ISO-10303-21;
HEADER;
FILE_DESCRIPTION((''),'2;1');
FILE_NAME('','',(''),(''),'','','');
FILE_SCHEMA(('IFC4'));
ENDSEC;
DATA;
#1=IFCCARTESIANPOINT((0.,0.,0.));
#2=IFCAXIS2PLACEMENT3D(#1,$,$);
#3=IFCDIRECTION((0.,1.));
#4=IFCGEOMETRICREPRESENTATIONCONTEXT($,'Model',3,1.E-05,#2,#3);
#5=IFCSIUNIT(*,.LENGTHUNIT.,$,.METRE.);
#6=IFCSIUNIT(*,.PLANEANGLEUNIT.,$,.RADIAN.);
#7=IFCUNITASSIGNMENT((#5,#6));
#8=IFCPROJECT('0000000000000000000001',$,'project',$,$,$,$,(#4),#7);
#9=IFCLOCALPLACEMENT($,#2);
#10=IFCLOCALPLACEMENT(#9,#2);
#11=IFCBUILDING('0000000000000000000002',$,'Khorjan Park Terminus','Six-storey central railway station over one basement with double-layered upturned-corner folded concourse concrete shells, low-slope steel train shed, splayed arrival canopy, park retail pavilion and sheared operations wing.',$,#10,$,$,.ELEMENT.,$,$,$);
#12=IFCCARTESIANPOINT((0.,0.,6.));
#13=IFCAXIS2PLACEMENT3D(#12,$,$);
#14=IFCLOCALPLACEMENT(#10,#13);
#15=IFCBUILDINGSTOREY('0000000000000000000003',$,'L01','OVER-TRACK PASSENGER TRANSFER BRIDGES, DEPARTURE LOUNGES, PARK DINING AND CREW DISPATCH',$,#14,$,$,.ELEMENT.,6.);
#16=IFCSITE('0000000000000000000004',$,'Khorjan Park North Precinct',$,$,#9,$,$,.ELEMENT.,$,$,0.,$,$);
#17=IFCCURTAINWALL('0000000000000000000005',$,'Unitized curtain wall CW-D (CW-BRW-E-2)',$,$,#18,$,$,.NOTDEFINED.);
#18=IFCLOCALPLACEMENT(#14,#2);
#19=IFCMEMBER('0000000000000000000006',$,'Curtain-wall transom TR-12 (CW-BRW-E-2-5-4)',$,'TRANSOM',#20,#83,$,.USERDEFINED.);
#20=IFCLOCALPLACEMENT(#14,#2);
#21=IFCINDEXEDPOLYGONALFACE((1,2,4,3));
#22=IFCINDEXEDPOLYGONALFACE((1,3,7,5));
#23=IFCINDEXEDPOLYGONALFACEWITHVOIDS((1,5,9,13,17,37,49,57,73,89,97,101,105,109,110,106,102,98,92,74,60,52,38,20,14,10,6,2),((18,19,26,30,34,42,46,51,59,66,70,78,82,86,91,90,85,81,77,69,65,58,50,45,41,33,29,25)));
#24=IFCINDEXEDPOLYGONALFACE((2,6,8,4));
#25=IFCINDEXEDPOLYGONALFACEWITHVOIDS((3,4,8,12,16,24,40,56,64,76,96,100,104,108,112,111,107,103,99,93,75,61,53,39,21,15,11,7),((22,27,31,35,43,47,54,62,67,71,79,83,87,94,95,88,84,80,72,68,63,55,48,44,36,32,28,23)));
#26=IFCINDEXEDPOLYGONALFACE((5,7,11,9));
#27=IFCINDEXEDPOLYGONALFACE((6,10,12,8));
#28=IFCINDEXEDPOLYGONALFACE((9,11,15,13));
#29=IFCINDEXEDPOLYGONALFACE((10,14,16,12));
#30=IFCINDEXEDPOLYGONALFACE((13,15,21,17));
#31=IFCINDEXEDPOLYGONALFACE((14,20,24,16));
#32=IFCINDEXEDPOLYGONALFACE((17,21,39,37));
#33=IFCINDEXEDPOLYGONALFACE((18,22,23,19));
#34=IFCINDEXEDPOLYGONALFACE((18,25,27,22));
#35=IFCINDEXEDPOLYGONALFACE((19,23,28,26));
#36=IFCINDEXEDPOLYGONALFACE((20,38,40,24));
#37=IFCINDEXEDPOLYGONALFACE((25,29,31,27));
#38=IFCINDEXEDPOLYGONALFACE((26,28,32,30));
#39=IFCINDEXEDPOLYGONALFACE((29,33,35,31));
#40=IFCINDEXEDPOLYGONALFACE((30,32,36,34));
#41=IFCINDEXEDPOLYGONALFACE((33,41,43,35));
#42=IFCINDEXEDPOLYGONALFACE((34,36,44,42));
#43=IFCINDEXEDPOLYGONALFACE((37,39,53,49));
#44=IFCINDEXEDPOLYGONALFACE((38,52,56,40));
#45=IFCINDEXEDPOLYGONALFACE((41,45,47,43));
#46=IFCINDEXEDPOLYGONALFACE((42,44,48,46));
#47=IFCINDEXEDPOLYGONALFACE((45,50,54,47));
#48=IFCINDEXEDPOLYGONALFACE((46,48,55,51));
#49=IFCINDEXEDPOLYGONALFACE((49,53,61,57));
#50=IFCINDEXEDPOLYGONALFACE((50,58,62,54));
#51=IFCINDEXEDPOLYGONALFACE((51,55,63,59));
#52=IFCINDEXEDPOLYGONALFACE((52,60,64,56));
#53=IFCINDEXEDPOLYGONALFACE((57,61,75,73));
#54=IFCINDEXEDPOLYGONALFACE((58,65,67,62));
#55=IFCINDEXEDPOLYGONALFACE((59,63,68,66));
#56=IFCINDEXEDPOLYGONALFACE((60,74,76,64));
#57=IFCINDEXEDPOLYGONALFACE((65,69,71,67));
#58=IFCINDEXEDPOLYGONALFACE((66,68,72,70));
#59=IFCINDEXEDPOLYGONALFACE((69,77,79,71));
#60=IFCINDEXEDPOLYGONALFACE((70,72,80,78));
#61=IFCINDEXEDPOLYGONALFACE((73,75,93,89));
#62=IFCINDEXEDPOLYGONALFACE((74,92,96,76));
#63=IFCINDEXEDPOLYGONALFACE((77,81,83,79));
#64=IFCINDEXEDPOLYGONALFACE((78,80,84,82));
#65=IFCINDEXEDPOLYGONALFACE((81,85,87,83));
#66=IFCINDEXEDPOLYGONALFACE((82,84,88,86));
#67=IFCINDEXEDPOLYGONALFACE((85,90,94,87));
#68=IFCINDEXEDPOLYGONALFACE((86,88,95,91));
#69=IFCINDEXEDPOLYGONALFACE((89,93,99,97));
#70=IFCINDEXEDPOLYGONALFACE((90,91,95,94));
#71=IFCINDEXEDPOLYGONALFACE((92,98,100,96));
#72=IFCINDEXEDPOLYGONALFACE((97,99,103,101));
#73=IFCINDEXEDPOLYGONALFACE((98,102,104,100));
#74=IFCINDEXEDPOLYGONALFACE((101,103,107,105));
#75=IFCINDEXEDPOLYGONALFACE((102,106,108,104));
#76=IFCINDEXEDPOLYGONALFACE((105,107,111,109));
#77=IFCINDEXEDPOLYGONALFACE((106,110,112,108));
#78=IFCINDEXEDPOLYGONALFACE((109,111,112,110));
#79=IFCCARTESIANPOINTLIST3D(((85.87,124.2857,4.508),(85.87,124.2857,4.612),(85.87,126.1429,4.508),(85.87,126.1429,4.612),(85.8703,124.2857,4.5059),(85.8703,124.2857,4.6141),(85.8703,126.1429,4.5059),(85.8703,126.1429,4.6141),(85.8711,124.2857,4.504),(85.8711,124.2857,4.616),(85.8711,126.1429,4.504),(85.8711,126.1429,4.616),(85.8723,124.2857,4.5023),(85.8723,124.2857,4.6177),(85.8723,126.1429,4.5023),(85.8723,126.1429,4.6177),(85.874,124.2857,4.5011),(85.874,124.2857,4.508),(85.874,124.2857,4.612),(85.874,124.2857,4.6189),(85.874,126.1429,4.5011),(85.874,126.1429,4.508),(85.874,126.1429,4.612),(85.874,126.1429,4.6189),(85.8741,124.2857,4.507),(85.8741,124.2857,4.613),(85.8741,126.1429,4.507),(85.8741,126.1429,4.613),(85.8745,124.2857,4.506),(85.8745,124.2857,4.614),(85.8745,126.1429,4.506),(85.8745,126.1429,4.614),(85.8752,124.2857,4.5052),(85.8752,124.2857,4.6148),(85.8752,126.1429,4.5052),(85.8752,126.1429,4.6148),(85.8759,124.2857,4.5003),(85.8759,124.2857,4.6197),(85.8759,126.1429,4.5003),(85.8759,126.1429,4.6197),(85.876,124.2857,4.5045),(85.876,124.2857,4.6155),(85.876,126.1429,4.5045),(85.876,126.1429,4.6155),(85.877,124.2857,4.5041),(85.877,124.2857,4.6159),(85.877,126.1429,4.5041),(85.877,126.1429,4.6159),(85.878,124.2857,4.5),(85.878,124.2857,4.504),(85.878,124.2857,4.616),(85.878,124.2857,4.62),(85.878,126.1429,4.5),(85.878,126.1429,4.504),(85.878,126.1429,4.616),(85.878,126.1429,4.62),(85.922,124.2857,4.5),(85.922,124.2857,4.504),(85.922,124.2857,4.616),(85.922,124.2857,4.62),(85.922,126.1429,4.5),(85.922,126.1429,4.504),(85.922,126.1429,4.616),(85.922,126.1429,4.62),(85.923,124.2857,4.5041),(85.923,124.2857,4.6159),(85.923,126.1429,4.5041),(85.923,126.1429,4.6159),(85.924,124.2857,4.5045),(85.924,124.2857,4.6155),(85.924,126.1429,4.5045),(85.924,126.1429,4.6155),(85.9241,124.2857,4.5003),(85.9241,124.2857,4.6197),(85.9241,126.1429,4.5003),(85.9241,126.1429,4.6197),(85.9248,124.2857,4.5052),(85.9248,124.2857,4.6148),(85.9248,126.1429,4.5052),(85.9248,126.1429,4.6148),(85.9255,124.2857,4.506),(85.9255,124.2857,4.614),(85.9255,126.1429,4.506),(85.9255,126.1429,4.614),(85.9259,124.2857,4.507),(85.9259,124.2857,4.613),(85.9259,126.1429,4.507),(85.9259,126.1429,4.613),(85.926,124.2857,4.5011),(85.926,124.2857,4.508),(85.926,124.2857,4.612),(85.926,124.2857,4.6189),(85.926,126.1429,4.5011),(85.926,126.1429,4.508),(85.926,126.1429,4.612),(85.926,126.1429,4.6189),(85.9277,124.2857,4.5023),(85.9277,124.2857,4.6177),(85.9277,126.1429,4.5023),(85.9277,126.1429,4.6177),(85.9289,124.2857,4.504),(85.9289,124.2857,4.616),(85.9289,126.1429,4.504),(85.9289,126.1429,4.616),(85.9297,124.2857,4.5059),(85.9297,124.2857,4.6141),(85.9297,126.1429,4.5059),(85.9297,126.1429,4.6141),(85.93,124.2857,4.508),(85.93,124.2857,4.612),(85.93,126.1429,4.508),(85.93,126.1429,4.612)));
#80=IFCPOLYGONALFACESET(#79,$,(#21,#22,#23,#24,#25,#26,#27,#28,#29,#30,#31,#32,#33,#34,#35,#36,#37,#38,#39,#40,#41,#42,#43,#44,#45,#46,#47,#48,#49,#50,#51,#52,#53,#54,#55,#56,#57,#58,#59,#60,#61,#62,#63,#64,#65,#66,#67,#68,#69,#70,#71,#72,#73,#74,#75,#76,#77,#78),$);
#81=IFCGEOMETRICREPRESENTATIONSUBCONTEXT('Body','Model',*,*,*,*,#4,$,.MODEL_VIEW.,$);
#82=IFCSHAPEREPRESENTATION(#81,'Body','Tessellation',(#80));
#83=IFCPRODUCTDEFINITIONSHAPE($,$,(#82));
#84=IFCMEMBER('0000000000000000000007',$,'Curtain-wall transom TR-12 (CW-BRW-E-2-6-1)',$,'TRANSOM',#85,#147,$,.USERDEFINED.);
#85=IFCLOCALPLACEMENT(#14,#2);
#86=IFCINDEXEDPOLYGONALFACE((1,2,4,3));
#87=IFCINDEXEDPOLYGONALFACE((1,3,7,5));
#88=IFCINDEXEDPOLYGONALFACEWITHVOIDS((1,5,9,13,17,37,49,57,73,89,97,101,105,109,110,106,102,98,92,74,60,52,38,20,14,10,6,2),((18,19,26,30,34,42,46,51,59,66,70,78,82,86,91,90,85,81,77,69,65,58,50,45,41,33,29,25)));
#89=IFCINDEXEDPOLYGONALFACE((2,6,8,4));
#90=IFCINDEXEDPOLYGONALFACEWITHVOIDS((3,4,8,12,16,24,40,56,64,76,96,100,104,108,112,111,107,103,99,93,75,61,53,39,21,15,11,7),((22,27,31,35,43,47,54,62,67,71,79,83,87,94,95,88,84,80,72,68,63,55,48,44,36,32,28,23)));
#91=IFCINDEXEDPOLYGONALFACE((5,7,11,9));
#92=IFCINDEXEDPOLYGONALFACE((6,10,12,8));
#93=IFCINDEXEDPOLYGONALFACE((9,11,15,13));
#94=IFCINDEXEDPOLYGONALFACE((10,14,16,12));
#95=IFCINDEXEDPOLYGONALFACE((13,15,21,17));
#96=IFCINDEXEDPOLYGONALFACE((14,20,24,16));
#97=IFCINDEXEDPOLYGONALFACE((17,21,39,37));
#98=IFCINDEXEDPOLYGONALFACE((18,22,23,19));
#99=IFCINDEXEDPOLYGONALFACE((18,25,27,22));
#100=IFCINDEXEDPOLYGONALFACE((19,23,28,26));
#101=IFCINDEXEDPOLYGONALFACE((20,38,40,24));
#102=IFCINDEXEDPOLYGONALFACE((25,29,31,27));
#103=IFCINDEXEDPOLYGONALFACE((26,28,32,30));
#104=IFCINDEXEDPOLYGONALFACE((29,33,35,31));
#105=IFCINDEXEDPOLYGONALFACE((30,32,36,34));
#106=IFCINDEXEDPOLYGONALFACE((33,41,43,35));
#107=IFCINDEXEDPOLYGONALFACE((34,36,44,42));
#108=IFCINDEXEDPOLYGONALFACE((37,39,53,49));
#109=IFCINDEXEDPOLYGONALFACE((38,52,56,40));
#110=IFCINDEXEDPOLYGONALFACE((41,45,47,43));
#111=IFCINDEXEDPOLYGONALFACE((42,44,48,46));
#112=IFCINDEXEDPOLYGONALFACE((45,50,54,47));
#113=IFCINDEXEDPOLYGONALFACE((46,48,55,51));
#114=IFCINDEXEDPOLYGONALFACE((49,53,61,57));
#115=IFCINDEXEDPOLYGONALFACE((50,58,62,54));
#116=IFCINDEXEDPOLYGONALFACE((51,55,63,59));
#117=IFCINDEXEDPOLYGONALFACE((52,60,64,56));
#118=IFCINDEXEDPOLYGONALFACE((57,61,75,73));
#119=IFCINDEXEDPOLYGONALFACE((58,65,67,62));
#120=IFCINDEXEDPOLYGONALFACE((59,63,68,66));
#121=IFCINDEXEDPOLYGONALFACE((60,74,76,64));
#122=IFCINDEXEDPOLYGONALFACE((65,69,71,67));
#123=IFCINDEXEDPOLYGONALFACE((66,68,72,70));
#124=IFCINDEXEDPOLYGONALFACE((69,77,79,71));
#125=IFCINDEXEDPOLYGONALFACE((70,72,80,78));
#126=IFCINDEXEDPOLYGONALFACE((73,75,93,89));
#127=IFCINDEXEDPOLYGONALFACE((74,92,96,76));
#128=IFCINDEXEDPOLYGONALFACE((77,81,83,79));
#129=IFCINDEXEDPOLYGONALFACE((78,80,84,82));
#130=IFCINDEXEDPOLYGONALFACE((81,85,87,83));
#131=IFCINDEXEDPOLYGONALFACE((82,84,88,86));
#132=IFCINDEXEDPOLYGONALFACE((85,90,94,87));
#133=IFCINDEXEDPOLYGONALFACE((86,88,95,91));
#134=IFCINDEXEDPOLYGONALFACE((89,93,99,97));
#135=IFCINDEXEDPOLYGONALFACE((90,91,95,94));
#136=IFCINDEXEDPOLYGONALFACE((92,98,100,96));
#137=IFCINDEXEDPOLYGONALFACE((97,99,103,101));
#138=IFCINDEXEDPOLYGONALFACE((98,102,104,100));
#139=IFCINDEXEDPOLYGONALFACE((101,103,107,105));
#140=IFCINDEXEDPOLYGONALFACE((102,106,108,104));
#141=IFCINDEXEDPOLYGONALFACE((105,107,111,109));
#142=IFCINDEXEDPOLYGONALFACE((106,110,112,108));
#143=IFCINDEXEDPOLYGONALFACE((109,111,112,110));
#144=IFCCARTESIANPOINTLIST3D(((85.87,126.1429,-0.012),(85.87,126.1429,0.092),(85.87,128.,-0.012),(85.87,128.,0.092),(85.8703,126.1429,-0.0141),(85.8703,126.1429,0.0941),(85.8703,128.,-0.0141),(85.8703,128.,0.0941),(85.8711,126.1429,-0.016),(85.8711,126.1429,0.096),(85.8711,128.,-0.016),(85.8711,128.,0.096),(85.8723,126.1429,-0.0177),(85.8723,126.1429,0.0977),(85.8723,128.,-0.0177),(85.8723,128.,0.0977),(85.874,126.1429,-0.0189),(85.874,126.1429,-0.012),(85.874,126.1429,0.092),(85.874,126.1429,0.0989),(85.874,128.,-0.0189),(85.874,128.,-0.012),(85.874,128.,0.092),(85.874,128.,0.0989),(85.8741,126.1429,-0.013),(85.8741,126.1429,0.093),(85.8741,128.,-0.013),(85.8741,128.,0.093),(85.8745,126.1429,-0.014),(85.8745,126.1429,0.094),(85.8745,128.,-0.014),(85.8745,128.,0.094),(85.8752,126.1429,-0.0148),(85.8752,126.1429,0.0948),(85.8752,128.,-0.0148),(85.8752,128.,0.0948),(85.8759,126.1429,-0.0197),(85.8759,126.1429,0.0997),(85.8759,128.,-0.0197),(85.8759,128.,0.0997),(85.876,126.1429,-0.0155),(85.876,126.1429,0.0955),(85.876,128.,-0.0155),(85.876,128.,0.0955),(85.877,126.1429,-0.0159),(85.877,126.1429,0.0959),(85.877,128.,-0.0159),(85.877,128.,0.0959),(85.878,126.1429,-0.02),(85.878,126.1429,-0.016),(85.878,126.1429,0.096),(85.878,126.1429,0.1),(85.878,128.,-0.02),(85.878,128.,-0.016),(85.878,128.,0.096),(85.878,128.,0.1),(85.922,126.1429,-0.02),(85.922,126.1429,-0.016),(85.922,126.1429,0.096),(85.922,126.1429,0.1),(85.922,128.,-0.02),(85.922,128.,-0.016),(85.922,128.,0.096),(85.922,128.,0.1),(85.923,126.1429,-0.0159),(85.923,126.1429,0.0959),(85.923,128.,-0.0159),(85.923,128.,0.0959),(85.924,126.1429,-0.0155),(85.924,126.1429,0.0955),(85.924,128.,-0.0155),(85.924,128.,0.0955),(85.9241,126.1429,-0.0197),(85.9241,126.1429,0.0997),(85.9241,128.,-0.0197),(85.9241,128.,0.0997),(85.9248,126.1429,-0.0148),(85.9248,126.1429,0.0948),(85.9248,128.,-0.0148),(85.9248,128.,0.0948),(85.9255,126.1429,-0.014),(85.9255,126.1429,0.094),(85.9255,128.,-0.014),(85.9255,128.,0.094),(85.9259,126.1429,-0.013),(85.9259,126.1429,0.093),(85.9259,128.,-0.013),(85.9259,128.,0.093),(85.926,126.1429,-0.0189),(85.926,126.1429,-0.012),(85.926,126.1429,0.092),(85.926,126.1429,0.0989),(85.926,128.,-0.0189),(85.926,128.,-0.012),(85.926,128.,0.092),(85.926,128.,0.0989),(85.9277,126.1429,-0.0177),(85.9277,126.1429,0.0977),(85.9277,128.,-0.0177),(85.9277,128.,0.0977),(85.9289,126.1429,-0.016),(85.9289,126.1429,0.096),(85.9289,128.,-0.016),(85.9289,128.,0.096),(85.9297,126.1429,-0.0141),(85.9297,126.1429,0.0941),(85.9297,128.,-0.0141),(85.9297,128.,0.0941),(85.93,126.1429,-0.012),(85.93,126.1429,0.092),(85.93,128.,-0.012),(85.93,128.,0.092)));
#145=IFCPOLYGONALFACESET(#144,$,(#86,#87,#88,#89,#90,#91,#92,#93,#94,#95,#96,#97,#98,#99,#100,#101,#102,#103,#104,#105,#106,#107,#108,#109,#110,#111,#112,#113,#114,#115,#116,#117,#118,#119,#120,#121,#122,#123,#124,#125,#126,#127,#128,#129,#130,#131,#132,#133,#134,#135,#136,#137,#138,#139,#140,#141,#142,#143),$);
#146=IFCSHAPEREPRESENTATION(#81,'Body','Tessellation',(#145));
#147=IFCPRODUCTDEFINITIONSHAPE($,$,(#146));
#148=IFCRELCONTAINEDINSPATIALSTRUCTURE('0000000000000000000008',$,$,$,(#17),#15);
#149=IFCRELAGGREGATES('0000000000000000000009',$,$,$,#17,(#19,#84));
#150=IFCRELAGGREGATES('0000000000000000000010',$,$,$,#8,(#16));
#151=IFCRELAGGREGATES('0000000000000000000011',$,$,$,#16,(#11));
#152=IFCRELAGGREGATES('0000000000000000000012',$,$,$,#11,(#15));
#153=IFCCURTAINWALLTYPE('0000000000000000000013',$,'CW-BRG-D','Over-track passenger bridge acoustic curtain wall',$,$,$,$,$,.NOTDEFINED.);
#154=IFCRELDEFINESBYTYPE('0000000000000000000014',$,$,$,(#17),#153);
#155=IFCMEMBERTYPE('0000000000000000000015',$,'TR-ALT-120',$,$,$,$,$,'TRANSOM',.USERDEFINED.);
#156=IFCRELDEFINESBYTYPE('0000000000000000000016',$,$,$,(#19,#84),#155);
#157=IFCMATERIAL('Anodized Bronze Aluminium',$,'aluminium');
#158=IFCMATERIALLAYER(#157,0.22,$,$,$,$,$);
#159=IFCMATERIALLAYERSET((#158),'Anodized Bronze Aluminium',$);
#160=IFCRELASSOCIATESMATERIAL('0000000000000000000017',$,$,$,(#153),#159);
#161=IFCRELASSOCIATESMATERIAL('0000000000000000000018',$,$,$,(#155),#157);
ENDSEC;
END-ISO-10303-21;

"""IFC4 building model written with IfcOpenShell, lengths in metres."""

from ifc_helpers import new_model, si_unit, direction, frame, origin, origin_2d, place, context, subcontext, project, spatial, hollow_rectangle, extrude, material, layer, layer_set, material_profile, profile_set, type_object, element, aggregate, save


model = new_model("IFC4")

# Units and contexts
model_context = context("Model", 3, precision=1e-05, world=origin(), true_north=direction((0.0, 1.0)))
body_context = subcontext(model_context, "Body", "Model", "MODEL_VIEW")
ifc_project = project(units=[si_unit("LENGTHUNIT", "METRE"), si_unit("PLANEANGLEUNIT", "RADIAN")], contexts=[model_context])

# Site, building, storey
site_placement = place(None, origin())
site = spatial("IfcSite", under=ifc_project, at=site_placement, Name="Khorjan Park North Precinct", CompositionType="ELEMENT", RefElevation=0.0)
building_placement = place(site_placement, origin())
building = spatial("IfcBuilding", under=site, at=building_placement, Name="Khorjan Park Terminus", Description="Six-storey central railway station over one basement with double-layered upturned-corner folded concourse concrete shells, low-slope steel train shed, splayed arrival canopy, park retail pavilion and sheared operations wing.", CompositionType="ELEMENT")
storey_placement = place(building_placement, frame((0.0, 0.0, 6.0)))
storey = spatial("IfcBuildingStorey", under=building, at=storey_placement, Name="L01", Description="OVER-TRACK PASSENGER TRANSFER BRIDGES, DEPARTURE LOUNGES, PARK DINING AND CREW DISPATCH", CompositionType="ELEMENT", Elevation=6.0)

# Curtain wall
ifc_material_1 = material(Name="Anodized Bronze Aluminium", Category="aluminium")
ifc_layer_1 = layer(ifc_material_1, 0.22)
ifc_layer_set_1 = layer_set([ifc_layer_1], Name="Anodized Bronze Aluminium")
curtain_wall_type = type_object("IfcCurtainWallType", Name="CW-BRG-D", Description="Over-track passenger bridge acoustic curtain wall", PredefinedType="NOTDEFINED", material=ifc_layer_set_1)
curtain_wall_1_placement = place(storey_placement, origin())
curtain_wall_1 = element("IfcCurtainWall", 1, at=curtain_wall_1_placement, inside=storey, type_object=curtain_wall_type, Name="Unitized curtain wall CW-D (CW-BRW-E-2)", PredefinedType="NOTDEFINED")

# Members
ifc_material_profile_1 = material_profile(ifc_material_1, hollow_rectangle(XDim=0.06, YDim=0.12, WallThickness=0.004, InnerFilletRadius=0.004, OuterFilletRadius=0.008, at=origin_2d()), Name="ALT 60x120x4")
ifc_profile_set_1 = profile_set([ifc_material_profile_1], Name="Anodized Bronze Aluminium")
member_type_1 = type_object("IfcMemberType", Name="TR-ALT-120", ElementType="TRANSOM", PredefinedType="USERDEFINED", material=ifc_profile_set_1)
member_1_placement = place(storey_placement, frame((85.9, 124.2857, 4.56), z_axis=(0.0, 1.0, 0.0), x_axis=(-1.0, 0.0, 0.0)))
member_1 = element("IfcMember", 2, at=member_1_placement, type_object=member_type_1, Name="Curtain-wall transom TR-12 (CW-BRW-E-2-5-4)", ObjectType="TRANSOM", PredefinedType="USERDEFINED", context=body_context, shape_type="SweptSolid", body=[
    extrude(hollow_rectangle(XDim=0.06, YDim=0.12, WallThickness=0.004, InnerFilletRadius=0.004, OuterFilletRadius=0.008, at=origin_2d()), origin(), (0.0, 0.0, 1.0), 1.8572),
])
member_2_placement = place(storey_placement, frame((85.9, 126.1429, 0.04), z_axis=(0.0, 1.0, 0.0), x_axis=(-1.0, 0.0, 0.0)))
member_2 = element("IfcMember", 3, at=member_2_placement, type_object=member_type_1, Name="Curtain-wall transom TR-12 (CW-BRW-E-2-6-1)", ObjectType="TRANSOM", PredefinedType="USERDEFINED", context=body_context, shape_type="SweptSolid", body=[
    extrude(hollow_rectangle(XDim=0.06, YDim=0.12, WallThickness=0.004, InnerFilletRadius=0.004, OuterFilletRadius=0.008, at=origin_2d()), origin(), (0.0, 0.0, 1.0), 1.8571),
])

aggregate(curtain_wall_1, [member_1, member_2])

save(model, "model.ifc")
